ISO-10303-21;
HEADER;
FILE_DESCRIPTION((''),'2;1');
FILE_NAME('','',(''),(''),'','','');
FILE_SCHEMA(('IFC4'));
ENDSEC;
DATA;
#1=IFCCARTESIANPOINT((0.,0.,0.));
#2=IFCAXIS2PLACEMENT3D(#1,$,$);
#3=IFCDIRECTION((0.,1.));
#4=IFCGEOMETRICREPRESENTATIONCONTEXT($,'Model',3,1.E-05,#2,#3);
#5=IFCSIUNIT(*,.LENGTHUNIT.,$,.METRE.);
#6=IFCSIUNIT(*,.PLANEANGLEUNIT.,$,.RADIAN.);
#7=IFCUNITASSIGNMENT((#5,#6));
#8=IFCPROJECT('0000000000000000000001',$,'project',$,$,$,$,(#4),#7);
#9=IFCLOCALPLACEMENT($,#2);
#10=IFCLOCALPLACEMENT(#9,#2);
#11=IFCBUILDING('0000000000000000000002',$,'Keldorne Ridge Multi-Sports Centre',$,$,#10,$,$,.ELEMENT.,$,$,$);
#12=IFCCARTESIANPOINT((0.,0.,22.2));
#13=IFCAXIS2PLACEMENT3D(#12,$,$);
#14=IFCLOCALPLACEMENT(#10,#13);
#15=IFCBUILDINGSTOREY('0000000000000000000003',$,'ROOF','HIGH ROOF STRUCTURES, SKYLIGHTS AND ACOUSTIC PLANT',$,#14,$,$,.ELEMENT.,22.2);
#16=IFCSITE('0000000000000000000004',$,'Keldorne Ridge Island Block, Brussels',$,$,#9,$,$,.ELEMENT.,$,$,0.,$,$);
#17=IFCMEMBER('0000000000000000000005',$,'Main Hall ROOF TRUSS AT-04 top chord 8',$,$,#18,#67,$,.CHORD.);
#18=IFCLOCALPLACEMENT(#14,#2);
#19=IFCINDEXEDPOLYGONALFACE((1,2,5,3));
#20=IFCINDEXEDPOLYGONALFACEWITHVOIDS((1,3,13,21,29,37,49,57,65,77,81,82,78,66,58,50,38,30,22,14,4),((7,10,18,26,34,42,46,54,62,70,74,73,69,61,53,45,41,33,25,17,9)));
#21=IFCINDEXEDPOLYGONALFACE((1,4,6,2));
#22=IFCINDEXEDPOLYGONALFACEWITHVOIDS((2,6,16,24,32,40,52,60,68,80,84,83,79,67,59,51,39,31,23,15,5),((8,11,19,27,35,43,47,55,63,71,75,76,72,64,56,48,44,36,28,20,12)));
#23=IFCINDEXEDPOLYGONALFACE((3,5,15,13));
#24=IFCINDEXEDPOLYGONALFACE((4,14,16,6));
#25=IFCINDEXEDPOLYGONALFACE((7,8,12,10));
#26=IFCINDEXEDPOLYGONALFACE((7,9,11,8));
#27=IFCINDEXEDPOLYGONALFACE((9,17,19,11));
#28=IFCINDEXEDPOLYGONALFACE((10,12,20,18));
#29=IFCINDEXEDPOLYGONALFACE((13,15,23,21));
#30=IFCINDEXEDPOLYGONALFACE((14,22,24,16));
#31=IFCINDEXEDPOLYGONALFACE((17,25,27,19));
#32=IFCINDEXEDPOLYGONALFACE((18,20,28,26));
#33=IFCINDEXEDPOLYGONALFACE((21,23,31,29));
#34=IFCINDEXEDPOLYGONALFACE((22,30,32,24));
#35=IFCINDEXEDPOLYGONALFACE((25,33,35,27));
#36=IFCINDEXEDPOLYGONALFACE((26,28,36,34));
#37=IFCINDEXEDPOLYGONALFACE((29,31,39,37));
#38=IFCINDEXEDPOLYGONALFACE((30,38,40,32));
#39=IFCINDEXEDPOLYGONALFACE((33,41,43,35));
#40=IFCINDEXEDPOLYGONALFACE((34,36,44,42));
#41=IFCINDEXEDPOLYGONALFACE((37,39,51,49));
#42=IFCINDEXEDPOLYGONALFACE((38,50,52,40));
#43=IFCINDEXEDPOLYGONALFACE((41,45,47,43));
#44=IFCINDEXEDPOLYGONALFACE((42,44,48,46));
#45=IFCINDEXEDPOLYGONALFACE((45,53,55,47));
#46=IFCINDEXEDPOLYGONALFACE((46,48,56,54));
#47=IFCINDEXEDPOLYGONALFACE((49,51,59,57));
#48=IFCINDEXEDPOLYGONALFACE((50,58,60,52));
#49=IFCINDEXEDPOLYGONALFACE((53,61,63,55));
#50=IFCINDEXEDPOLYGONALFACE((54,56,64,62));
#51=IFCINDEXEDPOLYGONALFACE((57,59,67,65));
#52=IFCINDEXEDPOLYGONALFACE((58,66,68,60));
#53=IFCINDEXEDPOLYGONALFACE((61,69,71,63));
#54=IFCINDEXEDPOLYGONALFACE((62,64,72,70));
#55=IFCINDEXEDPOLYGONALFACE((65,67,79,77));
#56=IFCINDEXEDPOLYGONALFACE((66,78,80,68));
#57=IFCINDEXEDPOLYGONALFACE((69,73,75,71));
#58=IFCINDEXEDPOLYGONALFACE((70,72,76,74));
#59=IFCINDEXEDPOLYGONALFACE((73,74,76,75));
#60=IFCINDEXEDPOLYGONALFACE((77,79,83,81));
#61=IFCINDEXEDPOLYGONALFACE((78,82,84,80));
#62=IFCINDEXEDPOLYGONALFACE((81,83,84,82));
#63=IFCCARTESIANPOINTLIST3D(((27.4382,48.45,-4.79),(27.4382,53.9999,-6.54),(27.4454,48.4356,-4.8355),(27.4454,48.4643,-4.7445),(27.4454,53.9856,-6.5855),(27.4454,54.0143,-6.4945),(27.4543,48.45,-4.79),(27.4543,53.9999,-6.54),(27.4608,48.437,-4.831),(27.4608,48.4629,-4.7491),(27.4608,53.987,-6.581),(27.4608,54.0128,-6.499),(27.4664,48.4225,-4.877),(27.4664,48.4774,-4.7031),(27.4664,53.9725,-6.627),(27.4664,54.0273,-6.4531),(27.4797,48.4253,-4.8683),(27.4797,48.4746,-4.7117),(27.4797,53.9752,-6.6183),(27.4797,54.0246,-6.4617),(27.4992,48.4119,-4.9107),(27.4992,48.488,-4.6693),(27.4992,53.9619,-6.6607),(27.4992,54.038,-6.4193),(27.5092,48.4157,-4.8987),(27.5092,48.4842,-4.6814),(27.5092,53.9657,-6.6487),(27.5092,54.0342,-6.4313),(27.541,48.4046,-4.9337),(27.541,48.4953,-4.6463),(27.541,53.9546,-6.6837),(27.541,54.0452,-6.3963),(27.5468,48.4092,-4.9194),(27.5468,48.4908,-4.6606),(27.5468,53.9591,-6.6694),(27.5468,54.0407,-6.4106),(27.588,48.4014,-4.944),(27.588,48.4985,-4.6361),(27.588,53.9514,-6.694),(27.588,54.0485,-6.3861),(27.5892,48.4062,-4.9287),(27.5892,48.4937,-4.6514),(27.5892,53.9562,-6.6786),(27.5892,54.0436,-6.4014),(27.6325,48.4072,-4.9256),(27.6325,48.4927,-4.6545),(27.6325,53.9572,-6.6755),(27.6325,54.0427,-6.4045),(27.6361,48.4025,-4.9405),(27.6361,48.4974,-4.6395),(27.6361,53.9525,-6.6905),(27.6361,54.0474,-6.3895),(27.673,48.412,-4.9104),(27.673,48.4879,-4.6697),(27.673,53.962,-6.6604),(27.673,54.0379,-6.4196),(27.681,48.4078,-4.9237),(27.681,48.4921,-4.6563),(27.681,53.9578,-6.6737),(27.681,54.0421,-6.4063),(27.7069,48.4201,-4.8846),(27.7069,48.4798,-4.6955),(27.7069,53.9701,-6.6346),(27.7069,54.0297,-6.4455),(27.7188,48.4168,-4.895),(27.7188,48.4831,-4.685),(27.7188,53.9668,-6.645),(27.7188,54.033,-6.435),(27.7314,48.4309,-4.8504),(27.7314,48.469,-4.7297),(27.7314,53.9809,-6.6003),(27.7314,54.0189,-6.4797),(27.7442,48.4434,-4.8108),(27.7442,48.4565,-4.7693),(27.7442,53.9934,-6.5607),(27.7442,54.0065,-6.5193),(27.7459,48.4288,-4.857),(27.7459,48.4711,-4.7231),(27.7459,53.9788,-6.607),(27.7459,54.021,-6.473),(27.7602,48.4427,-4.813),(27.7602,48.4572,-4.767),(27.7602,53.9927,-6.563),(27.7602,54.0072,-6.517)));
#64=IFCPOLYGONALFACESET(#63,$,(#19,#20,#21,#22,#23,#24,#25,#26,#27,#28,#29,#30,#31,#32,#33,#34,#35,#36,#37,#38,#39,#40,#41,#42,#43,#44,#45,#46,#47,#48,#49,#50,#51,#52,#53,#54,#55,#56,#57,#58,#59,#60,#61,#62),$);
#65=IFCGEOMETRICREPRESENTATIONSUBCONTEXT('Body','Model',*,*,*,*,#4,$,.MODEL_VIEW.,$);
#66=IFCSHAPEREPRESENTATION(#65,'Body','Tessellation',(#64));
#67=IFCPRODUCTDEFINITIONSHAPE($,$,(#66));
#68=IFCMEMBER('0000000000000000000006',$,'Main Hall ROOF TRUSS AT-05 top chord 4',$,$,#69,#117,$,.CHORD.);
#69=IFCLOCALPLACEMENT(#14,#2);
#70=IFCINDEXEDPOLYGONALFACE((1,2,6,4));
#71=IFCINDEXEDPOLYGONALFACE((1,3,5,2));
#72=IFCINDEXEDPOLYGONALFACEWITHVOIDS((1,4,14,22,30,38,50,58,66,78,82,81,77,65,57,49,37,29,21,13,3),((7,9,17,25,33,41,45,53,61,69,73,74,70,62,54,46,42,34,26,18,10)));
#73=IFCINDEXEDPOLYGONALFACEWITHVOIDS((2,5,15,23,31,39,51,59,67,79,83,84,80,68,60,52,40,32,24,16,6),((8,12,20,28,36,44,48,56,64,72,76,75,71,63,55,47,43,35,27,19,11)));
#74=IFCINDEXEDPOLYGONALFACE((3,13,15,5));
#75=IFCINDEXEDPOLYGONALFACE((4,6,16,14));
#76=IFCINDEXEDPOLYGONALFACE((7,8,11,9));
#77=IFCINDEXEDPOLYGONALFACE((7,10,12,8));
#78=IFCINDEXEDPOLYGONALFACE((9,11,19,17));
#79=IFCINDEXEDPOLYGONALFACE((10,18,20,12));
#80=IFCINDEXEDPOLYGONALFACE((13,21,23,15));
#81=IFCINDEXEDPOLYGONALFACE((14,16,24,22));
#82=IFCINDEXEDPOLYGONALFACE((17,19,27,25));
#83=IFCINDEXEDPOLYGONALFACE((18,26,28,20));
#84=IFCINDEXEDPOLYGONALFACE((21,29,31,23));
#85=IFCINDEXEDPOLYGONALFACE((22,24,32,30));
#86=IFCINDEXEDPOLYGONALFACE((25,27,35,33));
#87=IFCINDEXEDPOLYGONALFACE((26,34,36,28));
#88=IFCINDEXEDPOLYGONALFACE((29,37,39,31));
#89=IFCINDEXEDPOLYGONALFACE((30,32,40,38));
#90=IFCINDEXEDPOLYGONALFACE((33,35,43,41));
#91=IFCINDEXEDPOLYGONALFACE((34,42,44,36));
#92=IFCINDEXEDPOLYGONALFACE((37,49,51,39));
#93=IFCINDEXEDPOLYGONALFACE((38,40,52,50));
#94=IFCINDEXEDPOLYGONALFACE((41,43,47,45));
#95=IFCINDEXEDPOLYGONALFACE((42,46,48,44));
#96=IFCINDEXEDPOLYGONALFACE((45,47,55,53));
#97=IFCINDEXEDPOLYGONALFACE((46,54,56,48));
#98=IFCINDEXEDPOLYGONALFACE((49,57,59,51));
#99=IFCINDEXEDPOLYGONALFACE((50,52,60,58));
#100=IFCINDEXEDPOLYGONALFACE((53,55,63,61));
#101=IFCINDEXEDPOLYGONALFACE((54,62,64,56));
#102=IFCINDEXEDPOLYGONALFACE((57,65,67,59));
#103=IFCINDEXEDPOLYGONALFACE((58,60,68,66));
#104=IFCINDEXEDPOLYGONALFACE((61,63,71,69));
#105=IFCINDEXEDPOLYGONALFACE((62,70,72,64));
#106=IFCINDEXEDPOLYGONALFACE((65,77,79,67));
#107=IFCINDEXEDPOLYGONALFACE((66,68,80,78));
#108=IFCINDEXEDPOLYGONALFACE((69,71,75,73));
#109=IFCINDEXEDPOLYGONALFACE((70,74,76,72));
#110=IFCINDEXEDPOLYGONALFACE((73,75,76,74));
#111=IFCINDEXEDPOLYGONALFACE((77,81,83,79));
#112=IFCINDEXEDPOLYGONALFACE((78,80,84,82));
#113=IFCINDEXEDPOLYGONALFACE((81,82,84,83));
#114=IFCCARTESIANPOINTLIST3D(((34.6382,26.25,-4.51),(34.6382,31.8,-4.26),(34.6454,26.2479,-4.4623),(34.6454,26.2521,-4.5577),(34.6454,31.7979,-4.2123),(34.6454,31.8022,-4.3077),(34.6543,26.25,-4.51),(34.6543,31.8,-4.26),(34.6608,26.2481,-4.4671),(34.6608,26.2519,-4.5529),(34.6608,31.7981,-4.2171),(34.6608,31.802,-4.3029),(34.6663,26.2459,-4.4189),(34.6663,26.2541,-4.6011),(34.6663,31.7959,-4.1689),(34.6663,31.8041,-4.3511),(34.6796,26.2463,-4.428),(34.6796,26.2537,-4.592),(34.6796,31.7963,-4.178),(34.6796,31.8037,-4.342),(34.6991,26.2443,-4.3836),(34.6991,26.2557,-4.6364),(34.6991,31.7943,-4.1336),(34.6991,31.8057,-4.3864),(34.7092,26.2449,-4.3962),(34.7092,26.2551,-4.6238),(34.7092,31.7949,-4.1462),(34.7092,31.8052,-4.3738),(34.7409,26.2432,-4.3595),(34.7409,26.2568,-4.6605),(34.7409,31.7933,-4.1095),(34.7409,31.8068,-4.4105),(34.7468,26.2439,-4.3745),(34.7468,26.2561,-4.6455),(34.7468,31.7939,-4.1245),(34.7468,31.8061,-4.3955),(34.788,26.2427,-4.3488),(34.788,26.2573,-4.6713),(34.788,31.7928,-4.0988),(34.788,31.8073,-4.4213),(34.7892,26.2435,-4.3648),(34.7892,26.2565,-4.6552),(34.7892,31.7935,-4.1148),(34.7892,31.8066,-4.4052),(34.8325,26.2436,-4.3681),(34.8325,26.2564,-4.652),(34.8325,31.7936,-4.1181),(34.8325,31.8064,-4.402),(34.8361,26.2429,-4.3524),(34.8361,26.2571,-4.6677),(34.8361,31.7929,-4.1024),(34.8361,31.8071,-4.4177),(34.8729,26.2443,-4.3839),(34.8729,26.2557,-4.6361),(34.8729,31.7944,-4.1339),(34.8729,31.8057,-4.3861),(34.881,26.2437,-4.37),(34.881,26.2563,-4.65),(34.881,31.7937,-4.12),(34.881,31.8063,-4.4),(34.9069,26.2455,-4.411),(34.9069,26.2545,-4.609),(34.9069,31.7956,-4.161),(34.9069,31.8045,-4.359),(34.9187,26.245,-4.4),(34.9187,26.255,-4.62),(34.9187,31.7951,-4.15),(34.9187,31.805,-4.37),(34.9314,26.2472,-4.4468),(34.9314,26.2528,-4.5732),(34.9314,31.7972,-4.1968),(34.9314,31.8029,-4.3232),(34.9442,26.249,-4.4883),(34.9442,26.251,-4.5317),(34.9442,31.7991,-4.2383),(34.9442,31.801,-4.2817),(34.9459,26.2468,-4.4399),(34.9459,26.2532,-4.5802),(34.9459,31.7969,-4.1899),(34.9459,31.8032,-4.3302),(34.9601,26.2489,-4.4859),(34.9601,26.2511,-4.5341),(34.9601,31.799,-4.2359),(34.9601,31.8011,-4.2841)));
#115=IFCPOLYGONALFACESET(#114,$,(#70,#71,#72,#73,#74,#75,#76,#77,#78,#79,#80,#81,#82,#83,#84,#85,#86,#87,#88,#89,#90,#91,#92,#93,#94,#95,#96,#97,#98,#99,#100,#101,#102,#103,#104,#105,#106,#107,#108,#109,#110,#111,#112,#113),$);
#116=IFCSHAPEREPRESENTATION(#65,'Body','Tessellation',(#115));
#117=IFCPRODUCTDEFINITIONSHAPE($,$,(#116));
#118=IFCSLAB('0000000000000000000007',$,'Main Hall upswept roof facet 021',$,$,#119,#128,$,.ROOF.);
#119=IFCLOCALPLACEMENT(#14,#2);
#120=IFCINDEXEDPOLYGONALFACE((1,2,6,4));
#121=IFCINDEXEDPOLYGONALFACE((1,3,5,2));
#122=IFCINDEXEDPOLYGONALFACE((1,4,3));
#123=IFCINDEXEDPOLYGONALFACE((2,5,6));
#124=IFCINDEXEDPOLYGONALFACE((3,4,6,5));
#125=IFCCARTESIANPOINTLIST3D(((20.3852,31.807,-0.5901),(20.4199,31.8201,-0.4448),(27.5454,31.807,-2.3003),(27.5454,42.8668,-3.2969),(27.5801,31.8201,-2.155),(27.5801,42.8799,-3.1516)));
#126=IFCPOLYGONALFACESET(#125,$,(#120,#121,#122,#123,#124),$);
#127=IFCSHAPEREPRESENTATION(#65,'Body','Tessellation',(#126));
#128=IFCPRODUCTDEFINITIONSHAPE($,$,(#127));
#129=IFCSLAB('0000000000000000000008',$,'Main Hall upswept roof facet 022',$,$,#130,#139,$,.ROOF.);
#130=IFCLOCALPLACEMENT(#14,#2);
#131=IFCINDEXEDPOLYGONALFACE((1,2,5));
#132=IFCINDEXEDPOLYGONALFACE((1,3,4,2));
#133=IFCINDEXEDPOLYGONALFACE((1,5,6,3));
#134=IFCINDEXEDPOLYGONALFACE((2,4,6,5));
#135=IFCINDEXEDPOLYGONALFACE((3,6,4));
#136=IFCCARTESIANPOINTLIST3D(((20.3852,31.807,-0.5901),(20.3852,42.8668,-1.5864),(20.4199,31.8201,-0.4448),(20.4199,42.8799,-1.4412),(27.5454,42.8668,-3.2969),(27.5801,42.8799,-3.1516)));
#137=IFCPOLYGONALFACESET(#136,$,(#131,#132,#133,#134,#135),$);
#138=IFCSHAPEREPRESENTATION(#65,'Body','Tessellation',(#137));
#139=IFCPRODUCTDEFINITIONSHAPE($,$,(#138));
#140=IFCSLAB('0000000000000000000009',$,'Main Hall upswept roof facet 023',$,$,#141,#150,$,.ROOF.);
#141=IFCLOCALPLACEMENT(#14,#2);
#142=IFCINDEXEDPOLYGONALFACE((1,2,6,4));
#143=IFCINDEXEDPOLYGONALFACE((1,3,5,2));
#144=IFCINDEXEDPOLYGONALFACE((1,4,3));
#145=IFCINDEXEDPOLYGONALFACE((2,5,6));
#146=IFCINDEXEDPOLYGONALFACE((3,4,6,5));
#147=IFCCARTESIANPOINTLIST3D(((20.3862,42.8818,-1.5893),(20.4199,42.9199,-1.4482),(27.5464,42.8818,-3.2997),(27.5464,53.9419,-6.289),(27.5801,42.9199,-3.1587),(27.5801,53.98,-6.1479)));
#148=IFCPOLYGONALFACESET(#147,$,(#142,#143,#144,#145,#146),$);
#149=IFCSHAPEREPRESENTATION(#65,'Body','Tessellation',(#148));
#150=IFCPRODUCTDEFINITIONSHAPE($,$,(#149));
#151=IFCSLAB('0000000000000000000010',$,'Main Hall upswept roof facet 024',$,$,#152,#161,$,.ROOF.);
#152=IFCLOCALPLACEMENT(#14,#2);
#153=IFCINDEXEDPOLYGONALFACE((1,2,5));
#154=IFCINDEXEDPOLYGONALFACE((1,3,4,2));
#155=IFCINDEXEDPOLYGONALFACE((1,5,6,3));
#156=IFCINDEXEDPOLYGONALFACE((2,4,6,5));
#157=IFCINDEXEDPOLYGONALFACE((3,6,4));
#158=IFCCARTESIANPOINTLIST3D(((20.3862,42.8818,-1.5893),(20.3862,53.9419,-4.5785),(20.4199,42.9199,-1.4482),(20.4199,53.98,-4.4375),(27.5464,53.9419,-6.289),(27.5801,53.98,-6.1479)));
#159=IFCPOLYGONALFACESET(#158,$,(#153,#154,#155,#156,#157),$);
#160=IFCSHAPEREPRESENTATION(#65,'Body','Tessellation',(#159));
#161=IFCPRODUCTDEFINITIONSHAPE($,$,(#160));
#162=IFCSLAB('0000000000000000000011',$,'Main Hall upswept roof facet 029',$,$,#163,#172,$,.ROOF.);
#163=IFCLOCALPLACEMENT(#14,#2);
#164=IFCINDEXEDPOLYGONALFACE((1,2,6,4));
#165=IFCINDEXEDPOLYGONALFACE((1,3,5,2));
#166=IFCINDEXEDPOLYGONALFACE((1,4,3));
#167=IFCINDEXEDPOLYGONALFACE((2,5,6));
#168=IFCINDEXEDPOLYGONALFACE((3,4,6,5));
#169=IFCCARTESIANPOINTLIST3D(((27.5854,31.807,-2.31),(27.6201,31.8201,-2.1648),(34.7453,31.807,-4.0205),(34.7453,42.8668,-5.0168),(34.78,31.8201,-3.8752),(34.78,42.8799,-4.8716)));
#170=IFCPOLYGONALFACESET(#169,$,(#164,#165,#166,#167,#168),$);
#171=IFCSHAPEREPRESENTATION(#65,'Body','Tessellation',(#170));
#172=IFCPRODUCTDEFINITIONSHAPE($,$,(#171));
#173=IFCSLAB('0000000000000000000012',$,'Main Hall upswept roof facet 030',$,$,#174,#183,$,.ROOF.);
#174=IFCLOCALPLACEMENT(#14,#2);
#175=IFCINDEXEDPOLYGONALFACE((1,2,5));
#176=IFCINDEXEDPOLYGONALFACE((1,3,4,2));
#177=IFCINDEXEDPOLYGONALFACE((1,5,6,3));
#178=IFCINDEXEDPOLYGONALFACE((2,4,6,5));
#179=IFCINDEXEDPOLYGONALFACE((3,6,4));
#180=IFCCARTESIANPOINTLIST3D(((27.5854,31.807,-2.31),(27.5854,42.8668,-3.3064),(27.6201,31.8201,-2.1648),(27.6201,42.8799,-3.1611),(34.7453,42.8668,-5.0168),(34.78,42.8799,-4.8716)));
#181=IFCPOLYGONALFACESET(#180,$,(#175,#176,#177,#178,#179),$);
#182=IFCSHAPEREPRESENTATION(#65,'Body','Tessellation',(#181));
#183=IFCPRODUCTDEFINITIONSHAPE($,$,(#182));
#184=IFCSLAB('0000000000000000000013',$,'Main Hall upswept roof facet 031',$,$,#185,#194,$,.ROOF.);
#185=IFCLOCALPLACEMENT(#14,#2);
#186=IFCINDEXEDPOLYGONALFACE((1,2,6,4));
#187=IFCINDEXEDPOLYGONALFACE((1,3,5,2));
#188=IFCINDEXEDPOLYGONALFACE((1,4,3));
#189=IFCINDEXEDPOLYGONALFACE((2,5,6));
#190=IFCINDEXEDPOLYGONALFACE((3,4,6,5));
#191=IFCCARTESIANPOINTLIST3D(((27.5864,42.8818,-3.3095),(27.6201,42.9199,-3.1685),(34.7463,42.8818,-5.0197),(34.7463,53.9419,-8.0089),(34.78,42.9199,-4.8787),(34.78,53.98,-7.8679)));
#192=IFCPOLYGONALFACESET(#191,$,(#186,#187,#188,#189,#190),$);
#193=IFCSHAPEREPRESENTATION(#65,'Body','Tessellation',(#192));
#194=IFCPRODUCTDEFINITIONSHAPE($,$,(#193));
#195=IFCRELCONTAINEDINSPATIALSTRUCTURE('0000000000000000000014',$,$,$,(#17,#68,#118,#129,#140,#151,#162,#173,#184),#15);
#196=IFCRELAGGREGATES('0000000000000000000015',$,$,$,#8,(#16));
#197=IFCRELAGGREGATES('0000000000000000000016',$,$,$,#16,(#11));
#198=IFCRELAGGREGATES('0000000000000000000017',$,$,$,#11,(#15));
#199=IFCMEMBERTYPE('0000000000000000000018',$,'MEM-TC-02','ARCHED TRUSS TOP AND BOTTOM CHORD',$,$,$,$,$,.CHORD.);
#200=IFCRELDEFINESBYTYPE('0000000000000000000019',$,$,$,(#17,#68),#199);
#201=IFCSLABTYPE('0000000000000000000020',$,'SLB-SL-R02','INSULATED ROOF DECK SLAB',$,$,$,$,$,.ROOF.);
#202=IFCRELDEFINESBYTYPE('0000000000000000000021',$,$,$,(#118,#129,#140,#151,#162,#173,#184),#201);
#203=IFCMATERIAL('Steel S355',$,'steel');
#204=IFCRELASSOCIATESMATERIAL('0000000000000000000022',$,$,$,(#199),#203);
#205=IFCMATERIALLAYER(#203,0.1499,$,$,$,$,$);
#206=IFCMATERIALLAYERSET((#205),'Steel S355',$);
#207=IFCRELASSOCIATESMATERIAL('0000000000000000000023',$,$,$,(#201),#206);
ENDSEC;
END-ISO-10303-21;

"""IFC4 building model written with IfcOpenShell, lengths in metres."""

from ifc_helpers import new_model, si_unit, direction, frame, origin, origin_2d, place, context, subcontext, project, spatial, polyline, hollow_circle, outline, extrude, material, layer, layer_set, material_profile, profile_set, type_object, element, save


model = new_model("IFC4")

# Units and contexts
model_context = context("Model", 3, precision=1e-05, world=origin(), true_north=direction((0.0, 1.0)))
body_context = subcontext(model_context, "Body", "Model", "MODEL_VIEW")
ifc_project = project(units=[si_unit("LENGTHUNIT", "METRE"), si_unit("PLANEANGLEUNIT", "RADIAN")], contexts=[model_context])

# Site, building, storey
site_placement = place(None, origin())
site = spatial("IfcSite", under=ifc_project, at=site_placement, Name="Keldorne Ridge Island Block, Brussels", CompositionType="ELEMENT", RefElevation=0.0)
building_placement = place(site_placement, origin())
building = spatial("IfcBuilding", under=site, at=building_placement, Name="Keldorne Ridge Multi-Sports Centre", CompositionType="ELEMENT")
storey_placement = place(building_placement, frame((0.0, 0.0, 22.2)))
storey = spatial("IfcBuildingStorey", under=building, at=storey_placement, Name="ROOF", Description="HIGH ROOF STRUCTURES, SKYLIGHTS AND ACOUSTIC PLANT", CompositionType="ELEMENT", Elevation=22.2)

# Members
ifc_material = material(Name="Steel S355", Category="steel")
ifc_material_profile_1 = material_profile(ifc_material, hollow_circle(Radius=0.1619, WallThickness=0.0161, at=origin_2d()), Name="CHS 323.9x16")
ifc_profile_set_1 = profile_set([ifc_material_profile_1], Name="Steel S355")
member_type_1 = type_object("IfcMemberType", Name="MEM-TC-02", Description="ARCHED TRUSS TOP AND BOTTOM CHORD", PredefinedType="CHORD", material=ifc_profile_set_1)
member_1_placement = place(storey_placement, frame((27.6001, 48.45, -4.79), z_axis=(0.0, 0.953713, -0.300718), x_axis=(-1.0, 0.0, 0.0)))
element("IfcMember", 1, at=member_1_placement, inside=storey, type_object=member_type_1, Name="Main Hall ROOF TRUSS AT-04 top chord 8", PredefinedType="CHORD", context=body_context, shape_type="SweptSolid", body=[
    extrude(hollow_circle(Radius=0.1619, WallThickness=0.0161, at=origin_2d()), origin(), (0.0, 0.0, 1.0), 5.8193),
])
member_2_placement = place(storey_placement, frame((34.8, 26.25, -4.51), z_axis=(0.0, 0.998987, 0.044999), x_axis=(-1.0, 0.0, 0.0)))
element("IfcMember", 2, at=member_2_placement, inside=storey, type_object=member_type_1, Name="Main Hall ROOF TRUSS AT-05 top chord 4", PredefinedType="CHORD", context=body_context, shape_type="SweptSolid", body=[
    extrude(hollow_circle(Radius=0.1619, WallThickness=0.0161, at=origin_2d()), origin(), (0.0, 0.0, 1.0), 5.5557),
])

# Slabs
ifc_layer_1 = layer(ifc_material, 0.1499)
ifc_layer_set_1 = layer_set([ifc_layer_1], Name="Steel S355")
slab_type_1 = type_object("IfcSlabType", Name="SLB-SL-R02", Description="INSULATED ROOF DECK SLAB", PredefinedType="ROOF", material=ifc_layer_set_1)
slab_1_placement = place(storey_placement, frame((20.4199, 31.8201, -0.4448), z_axis=(0.231428, 0.087308, 0.968926), x_axis=(0.972641, 0.0, -0.232315)))
element("IfcSlab", 3, at=slab_1_placement, inside=storey, type_object=slab_type_1, Name="Main Hall upswept roof facet 021", PredefinedType="ROOF", context=body_context, shape_type="SweptSolid", body=[
    extrude(outline(polyline([(0.0, 0.0), (7.3616, 0.0), (7.5931, 11.1022), (0.0, 0.0)])), origin(), (0.0, 0.0, -1.0), 0.1499),
])
slab_2_placement = place(storey_placement, frame((20.4199, 31.8201, -0.4448), z_axis=(0.23146, 0.087286, 0.968921), x_axis=(0.532337, 0.822265, -0.201242)))
element("IfcSlab", 4, at=slab_2_placement, inside=storey, type_object=slab_type_1, Name="Main Hall upswept roof facet 022", PredefinedType="ROOF", context=body_context, shape_type="SweptSolid", body=[
    extrude(outline(polyline([(0.0, 0.0), (13.4504, 0.0), (9.2946, 6.0764), (0.0, 0.0)])), origin(), (0.0, 0.0, -1.0), 0.1499),
])
slab_3_placement = place(storey_placement, frame((20.4199, 42.9199, -1.4482), z_axis=(0.224712, 0.254241, 0.940673), x_axis=(0.972633, 0.0, -0.232347)))
element("IfcSlab", 5, at=slab_3_placement, inside=storey, type_object=slab_type_1, Name="Main Hall upswept roof facet 023", PredefinedType="ROOF", context=body_context, shape_type="SweptSolid", body=[
    extrude(outline(polyline([(0.0, 0.0), (7.3616, 0.0), (8.0562, 11.4358), (0.0, 0.0)])), origin(), (0.0, 0.0, -1.0), 0.1499),
])
slab_4_placement = place(storey_placement, frame((20.4199, 42.9199, -1.4482), z_axis=(0.224712, 0.254241, 0.940673), x_axis=(0.511858, 0.79065, -0.335968)))
element("IfcSlab", 6, at=slab_4_placement, inside=storey, type_object=slab_type_1, Name="Main Hall upswept roof facet 024", PredefinedType="ROOF", context=body_context, shape_type="SweptSolid", body=[
    extrude(outline(polyline([(0.0, 0.0), (13.9886, 0.0), (9.7489, 6.0182), (0.0, 0.0)])), origin(), (0.0, 0.0, -1.0), 0.1499),
])
slab_5_placement = place(storey_placement, frame((27.6201, 31.8201, -2.1648), z_axis=(0.231467, 0.087286, 0.968919), x_axis=(0.972631, 0.0, -0.232354)))
element("IfcSlab", 7, at=slab_5_placement, inside=storey, type_object=slab_type_1, Name="Main Hall upswept roof facet 029", PredefinedType="ROOF", context=body_context, shape_type="SweptSolid", body=[
    extrude(outline(polyline([(0.0, 0.0), (7.3614, 0.0), (7.5929, 11.1022), (0.0, 0.0)])), origin(), (0.0, 0.0, -1.0), 0.1499),
])
slab_6_placement = place(storey_placement, frame((27.6201, 31.8201, -2.1648), z_axis=(0.231467, 0.087286, 0.968919), x_axis=(0.532324, 0.822273, -0.201244)))
element("IfcSlab", 8, at=slab_6_placement, inside=storey, type_object=slab_type_1, Name="Main Hall upswept roof facet 030", PredefinedType="ROOF", context=body_context, shape_type="SweptSolid", body=[
    extrude(outline(polyline([(0.0, 0.0), (13.4503, 0.0), (9.2947, 6.0763), (0.0, 0.0)])), origin(), (0.0, 0.0, -1.0), 0.1499),
])
slab_7_placement = place(storey_placement, frame((27.6201, 42.9199, -3.1685), z_axis=(0.224689, 0.254242, 0.940678), x_axis=(0.972639, 0.0, -0.232323)))
element("IfcSlab", 9, at=slab_7_placement, inside=storey, type_object=slab_type_1, Name="Main Hall upswept roof facet 031", PredefinedType="ROOF", context=body_context, shape_type="SweptSolid", body=[
    extrude(outline(polyline([(0.0, 0.0), (7.3613, 0.0), (8.0558, 11.4358), (0.0, 0.0)])), origin(), (0.0, 0.0, -1.0), 0.1499),
])

save(model, "model.ifc")
